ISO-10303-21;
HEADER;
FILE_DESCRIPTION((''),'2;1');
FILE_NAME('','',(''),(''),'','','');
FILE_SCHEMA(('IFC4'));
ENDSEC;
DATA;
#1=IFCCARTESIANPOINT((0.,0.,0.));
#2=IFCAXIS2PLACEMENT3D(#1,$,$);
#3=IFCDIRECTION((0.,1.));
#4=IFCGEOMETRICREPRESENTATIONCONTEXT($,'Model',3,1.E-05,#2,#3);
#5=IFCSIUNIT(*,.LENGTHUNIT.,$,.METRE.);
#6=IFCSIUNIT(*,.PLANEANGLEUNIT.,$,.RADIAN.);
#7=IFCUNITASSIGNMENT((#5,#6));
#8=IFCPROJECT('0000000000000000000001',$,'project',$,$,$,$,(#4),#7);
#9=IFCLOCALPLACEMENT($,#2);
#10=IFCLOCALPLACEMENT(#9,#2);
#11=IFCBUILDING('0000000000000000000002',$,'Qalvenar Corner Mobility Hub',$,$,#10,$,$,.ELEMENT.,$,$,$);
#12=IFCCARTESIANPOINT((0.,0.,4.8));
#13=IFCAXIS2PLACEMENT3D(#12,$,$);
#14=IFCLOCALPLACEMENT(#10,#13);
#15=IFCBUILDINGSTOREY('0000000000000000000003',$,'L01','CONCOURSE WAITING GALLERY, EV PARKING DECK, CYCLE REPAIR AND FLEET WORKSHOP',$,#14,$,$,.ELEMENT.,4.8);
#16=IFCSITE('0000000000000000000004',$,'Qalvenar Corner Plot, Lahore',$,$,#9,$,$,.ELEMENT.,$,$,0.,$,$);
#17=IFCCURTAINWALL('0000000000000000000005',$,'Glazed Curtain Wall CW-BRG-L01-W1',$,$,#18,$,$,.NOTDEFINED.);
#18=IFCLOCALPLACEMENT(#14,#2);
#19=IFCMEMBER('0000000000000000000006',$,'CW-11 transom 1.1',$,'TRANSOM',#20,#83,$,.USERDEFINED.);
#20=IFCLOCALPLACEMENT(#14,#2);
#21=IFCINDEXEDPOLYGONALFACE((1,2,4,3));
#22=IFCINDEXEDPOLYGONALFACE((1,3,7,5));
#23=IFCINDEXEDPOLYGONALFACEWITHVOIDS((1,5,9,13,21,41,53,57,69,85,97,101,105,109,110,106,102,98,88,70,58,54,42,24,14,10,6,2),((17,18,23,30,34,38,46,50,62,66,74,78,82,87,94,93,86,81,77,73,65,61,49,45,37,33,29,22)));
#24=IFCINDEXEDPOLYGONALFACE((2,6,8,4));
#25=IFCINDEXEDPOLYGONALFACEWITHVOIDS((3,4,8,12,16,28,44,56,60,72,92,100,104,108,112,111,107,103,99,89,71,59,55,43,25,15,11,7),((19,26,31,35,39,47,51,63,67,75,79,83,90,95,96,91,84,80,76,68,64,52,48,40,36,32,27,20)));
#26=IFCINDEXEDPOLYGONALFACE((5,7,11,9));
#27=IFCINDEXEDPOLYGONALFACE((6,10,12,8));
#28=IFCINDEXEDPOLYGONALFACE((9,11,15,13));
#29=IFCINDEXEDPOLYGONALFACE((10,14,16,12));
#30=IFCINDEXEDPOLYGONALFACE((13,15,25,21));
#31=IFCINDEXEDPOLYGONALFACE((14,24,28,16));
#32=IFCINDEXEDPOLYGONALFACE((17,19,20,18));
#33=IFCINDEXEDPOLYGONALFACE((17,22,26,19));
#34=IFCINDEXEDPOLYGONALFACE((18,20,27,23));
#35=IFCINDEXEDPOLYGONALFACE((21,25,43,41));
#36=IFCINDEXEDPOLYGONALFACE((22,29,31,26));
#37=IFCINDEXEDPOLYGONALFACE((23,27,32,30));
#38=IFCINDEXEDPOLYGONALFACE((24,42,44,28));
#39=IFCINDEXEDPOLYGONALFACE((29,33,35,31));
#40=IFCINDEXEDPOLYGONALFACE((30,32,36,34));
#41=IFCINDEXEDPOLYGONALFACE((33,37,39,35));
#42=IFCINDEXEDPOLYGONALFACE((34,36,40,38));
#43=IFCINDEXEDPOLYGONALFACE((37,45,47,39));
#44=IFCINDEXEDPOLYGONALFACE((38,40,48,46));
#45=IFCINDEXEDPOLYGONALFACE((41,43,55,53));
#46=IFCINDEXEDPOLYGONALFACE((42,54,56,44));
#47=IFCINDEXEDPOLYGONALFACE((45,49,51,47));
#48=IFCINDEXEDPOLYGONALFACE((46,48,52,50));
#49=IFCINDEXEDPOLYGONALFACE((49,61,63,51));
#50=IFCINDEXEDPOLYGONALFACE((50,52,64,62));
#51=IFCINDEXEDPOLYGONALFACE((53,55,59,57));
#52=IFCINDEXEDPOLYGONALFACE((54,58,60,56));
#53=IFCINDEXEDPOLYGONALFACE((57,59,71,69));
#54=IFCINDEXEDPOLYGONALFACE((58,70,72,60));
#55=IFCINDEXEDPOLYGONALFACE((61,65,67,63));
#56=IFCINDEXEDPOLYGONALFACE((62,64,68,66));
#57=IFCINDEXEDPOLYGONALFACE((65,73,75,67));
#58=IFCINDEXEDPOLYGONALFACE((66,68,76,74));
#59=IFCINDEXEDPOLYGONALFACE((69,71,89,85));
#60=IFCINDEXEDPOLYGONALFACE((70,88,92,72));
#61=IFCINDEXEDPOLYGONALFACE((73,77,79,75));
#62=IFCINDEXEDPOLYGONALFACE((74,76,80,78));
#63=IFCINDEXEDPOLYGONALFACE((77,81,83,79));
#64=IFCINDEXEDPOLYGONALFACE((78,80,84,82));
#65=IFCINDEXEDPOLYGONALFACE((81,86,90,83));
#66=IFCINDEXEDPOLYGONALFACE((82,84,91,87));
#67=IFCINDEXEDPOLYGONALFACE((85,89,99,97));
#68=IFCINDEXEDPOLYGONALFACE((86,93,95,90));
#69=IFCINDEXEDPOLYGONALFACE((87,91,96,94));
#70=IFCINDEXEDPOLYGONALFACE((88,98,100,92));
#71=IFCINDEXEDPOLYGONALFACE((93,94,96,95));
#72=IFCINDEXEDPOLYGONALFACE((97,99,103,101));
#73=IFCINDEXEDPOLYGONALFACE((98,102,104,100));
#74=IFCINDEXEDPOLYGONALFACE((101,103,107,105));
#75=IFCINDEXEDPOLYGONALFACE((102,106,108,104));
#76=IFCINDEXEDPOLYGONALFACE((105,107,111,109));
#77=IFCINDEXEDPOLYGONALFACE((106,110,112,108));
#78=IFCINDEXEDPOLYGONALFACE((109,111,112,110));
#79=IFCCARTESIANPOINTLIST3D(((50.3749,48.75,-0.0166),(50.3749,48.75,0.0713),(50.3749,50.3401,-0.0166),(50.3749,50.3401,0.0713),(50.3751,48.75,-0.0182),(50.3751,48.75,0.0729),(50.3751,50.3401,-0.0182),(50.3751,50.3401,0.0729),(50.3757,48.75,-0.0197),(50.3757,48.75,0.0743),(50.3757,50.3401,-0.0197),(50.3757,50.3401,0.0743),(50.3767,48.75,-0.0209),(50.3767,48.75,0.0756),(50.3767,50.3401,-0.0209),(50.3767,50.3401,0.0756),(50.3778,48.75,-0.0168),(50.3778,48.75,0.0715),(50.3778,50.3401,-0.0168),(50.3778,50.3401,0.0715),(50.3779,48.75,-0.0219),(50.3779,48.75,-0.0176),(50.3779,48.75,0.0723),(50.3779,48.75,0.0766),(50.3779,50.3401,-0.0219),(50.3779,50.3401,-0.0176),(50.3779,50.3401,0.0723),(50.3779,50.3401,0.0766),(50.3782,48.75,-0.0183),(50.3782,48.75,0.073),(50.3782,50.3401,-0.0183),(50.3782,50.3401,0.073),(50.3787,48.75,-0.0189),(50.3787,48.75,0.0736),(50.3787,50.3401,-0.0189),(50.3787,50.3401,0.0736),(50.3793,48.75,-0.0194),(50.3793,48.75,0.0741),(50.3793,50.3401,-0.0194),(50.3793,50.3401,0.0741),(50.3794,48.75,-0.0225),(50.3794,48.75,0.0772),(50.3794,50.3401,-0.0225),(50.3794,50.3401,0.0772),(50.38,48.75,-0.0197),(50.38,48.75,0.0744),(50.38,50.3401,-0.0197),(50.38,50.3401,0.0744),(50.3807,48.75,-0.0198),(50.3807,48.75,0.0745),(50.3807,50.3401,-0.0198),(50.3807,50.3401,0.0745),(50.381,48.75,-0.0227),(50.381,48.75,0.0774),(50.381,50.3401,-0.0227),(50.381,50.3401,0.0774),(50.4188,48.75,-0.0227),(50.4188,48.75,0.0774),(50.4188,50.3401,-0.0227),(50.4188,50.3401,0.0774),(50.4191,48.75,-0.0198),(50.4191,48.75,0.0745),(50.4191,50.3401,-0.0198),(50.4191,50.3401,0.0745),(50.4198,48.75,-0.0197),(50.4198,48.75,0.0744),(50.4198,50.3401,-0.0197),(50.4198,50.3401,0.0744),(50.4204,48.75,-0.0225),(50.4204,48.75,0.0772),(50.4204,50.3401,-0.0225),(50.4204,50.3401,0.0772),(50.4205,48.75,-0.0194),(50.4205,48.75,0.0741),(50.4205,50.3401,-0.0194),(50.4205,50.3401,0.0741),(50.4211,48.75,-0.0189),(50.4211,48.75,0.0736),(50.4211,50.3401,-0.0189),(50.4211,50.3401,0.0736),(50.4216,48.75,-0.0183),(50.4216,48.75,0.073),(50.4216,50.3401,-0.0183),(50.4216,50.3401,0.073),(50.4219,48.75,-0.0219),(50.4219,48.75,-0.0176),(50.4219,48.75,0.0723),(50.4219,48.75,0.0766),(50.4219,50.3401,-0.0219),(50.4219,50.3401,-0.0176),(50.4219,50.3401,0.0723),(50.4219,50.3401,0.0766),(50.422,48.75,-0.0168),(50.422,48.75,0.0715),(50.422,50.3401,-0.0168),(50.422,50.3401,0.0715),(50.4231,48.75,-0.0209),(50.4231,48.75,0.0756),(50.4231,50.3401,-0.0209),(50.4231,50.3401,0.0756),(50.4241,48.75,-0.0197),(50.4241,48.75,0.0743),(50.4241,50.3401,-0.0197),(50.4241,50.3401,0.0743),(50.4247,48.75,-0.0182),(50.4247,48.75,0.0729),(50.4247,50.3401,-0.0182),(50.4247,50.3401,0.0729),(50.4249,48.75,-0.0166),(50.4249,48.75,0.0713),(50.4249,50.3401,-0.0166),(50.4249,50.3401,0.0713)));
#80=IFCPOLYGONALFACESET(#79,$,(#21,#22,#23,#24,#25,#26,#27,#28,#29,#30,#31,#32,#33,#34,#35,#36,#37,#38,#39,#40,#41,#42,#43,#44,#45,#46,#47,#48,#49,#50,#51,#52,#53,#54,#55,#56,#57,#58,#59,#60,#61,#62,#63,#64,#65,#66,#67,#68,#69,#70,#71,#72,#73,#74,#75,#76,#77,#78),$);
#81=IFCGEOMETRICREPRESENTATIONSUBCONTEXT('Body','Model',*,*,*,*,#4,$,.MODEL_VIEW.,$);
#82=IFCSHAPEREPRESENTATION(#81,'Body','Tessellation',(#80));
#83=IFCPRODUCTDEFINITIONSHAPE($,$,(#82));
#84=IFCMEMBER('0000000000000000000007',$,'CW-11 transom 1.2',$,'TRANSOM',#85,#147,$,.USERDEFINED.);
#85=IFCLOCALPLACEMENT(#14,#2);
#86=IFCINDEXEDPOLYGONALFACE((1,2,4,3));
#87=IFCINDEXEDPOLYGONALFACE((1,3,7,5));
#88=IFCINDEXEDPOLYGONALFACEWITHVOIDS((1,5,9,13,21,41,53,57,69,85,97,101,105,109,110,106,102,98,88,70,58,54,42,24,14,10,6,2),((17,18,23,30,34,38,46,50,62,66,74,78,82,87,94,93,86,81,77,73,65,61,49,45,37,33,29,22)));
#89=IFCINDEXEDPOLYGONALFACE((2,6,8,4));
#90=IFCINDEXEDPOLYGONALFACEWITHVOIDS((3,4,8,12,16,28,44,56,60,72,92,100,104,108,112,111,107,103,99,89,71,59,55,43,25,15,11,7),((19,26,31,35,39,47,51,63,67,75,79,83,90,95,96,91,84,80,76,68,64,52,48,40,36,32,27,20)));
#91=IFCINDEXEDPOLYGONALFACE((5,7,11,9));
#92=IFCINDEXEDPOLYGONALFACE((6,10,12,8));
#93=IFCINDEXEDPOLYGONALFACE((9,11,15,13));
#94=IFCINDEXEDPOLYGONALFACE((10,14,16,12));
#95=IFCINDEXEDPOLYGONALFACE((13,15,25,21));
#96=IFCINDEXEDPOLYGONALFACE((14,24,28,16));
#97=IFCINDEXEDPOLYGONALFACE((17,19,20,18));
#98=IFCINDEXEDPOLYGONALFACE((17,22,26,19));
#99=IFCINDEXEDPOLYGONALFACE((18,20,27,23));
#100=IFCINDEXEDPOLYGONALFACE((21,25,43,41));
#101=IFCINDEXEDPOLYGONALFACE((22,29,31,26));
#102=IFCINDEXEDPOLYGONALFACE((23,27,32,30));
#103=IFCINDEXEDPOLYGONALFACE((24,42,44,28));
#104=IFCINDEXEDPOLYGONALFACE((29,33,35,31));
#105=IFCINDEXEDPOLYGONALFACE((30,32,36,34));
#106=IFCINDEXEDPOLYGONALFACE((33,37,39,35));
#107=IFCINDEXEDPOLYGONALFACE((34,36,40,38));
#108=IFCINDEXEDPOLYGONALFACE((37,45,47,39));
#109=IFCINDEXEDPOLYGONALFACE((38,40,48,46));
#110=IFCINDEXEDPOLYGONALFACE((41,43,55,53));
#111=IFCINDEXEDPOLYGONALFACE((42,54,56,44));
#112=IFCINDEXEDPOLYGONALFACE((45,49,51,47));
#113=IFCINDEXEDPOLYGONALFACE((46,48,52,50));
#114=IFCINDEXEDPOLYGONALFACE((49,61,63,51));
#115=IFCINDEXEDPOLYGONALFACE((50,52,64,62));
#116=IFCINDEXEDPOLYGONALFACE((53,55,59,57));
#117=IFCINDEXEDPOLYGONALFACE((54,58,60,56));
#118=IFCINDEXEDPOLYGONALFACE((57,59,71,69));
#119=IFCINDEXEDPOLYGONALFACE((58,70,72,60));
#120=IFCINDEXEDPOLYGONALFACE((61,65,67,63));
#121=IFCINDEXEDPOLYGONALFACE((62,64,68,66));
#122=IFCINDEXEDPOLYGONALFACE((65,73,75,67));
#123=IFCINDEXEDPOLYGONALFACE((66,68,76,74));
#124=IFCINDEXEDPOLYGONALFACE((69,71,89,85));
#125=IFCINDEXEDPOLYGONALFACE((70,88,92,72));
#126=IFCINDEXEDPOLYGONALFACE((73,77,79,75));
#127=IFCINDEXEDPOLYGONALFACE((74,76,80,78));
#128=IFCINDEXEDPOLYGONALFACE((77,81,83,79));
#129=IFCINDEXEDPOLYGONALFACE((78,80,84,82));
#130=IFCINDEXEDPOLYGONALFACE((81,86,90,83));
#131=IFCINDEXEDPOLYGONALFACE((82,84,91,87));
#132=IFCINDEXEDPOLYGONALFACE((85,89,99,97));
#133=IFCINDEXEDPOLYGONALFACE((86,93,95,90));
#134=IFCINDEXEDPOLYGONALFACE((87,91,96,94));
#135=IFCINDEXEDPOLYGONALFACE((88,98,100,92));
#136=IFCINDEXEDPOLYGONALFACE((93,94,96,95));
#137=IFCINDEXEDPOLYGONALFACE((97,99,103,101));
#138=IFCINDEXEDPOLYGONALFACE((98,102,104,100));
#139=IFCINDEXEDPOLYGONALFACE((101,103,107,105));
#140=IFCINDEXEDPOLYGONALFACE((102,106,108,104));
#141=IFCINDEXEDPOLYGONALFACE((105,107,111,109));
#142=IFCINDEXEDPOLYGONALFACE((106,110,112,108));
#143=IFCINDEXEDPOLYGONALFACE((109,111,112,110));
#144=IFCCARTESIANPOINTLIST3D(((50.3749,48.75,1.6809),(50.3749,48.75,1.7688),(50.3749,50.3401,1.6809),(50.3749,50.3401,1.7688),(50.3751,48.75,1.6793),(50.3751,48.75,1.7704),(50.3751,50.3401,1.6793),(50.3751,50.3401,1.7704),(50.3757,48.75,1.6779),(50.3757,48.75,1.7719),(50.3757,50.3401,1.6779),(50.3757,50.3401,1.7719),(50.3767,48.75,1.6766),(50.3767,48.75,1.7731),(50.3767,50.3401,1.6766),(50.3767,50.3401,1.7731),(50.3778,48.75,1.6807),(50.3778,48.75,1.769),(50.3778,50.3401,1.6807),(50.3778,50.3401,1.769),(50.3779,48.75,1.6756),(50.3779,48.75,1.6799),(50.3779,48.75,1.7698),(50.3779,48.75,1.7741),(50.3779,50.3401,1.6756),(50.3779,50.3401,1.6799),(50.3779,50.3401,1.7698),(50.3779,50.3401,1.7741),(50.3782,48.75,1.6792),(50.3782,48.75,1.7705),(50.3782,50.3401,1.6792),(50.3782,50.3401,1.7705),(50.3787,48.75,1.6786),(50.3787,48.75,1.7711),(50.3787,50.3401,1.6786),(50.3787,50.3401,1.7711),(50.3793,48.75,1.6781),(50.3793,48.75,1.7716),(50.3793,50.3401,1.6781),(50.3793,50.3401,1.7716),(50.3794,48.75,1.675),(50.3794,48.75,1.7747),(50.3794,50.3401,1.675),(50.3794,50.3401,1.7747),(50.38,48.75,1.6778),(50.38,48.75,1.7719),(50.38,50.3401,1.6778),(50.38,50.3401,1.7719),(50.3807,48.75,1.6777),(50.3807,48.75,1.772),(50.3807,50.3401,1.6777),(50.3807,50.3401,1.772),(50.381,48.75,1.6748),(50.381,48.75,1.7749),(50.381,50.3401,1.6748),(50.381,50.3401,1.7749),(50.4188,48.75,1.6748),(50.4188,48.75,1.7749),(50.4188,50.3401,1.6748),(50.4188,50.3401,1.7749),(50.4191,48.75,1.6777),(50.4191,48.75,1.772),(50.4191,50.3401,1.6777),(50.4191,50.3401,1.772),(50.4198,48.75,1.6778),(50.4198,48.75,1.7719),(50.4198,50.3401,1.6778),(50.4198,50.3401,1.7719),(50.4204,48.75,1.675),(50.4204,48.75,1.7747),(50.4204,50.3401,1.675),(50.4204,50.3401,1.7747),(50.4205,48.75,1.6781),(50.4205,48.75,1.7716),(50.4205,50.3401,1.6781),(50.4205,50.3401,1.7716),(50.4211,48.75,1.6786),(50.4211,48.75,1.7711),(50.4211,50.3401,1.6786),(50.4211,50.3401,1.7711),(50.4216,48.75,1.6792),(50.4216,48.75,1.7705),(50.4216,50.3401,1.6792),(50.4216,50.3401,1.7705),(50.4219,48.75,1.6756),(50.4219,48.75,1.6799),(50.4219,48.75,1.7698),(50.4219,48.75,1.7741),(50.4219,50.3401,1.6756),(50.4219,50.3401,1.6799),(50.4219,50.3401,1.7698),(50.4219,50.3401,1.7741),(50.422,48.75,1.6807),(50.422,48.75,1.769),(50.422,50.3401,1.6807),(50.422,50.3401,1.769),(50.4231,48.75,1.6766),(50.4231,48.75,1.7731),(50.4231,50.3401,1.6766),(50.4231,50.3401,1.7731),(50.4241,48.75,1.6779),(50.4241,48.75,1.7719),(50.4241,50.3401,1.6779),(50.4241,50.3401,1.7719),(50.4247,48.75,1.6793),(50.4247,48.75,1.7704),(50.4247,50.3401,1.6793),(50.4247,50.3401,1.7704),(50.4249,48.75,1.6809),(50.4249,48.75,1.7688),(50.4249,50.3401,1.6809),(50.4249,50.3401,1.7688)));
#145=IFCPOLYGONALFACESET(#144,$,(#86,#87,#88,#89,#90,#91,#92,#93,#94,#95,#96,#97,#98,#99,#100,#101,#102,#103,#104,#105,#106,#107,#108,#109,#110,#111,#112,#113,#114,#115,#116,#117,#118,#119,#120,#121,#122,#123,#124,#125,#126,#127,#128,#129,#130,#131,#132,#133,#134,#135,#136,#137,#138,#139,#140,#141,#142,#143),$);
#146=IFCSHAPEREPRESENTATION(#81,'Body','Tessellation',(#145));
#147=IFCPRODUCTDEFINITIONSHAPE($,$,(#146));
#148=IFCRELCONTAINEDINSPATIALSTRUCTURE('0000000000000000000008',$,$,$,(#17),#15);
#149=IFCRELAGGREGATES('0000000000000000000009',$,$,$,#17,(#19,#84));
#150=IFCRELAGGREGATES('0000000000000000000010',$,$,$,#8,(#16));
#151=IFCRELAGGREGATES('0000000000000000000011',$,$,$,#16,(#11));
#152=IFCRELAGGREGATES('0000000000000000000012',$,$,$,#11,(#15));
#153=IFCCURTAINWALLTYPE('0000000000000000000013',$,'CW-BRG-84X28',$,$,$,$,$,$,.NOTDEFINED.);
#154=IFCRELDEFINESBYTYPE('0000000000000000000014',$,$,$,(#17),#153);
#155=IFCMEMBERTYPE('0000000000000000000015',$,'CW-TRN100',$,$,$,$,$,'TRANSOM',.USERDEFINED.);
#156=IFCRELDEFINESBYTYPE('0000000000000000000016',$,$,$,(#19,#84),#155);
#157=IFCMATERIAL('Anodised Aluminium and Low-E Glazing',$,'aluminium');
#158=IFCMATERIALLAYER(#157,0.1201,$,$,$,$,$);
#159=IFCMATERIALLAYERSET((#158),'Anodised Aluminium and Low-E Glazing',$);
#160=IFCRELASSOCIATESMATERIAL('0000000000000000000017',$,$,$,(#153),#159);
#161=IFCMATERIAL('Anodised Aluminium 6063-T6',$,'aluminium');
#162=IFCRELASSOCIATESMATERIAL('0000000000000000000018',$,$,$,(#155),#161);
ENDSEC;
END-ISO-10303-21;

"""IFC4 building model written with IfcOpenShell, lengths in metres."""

from ifc_helpers import new_model, si_unit, direction, frame, origin, origin_2d, place, context, subcontext, project, spatial, hollow_rectangle, extrude, material, layer, layer_set, material_profile, profile_set, type_object, element, aggregate, save


model = new_model("IFC4")

# Units and contexts
model_context = context("Model", 3, precision=1e-05, world=origin(), true_north=direction((0.0, 1.0)))
body_context = subcontext(model_context, "Body", "Model", "MODEL_VIEW")
ifc_project = project(units=[si_unit("LENGTHUNIT", "METRE"), si_unit("PLANEANGLEUNIT", "RADIAN")], contexts=[model_context])

# Site, building, storey
site_placement = place(None, origin())
site = spatial("IfcSite", under=ifc_project, at=site_placement, Name="Qalvenar Corner Plot, Lahore", CompositionType="ELEMENT", RefElevation=0.0)
building_placement = place(site_placement, origin())
building = spatial("IfcBuilding", under=site, at=building_placement, Name="Qalvenar Corner Mobility Hub", CompositionType="ELEMENT")
storey_placement = place(building_placement, frame((0.0, 0.0, 4.8)))
storey = spatial("IfcBuildingStorey", under=building, at=storey_placement, Name="L01", Description="CONCOURSE WAITING GALLERY, EV PARKING DECK, CYCLE REPAIR AND FLEET WORKSHOP", CompositionType="ELEMENT", Elevation=4.8)

# Curtain wall, members
ifc_material_1 = material(Name="Anodised Aluminium and Low-E Glazing", Category="aluminium")
ifc_layer_1 = layer(ifc_material_1, 0.1201)
ifc_layer_set_1 = layer_set([ifc_layer_1], Name="Anodised Aluminium and Low-E Glazing")
curtain_wall_type = type_object("IfcCurtainWallType", Name="CW-BRG-84X28", PredefinedType="NOTDEFINED", material=ifc_layer_set_1)
curtain_wall_placement = place(storey_placement, origin())
curtain_wall = element("IfcCurtainWall", 1, at=curtain_wall_placement, inside=storey, type_object=curtain_wall_type, Name="Glazed Curtain Wall CW-BRG-L01-W1", PredefinedType="NOTDEFINED")
ifc_material_2 = material(Name="Anodised Aluminium 6063-T6", Category="aluminium")
ifc_material_profile_1 = material_profile(ifc_material_2, hollow_rectangle(XDim=0.05, YDim=0.1001, WallThickness=0.0029, InnerFilletRadius=0.0029, OuterFilletRadius=0.0061, at=origin_2d()), Name="RHS100x50x3")
ifc_profile_set_1 = profile_set([ifc_material_profile_1], Name="Anodised Aluminium 6063-T6")
member_type_1 = type_object("IfcMemberType", Name="CW-TRN100", ElementType="TRANSOM", PredefinedType="USERDEFINED", material=ifc_profile_set_1)
member_1_placement = place(storey_placement, frame((50.3999, 50.3401, 0.0273), z_axis=(0.0, -1.0, 0.0), x_axis=(1.0, 0.0, 0.0)))
member_1 = element("IfcMember", 2, at=member_1_placement, type_object=member_type_1, Name="CW-11 transom 1.1", ObjectType="TRANSOM", PredefinedType="USERDEFINED", context=body_context, shape_type="SweptSolid", body=[
    extrude(hollow_rectangle(XDim=0.05, YDim=0.1001, WallThickness=0.0029, InnerFilletRadius=0.0029, OuterFilletRadius=0.0061, at=origin_2d()), origin(), (0.0, 0.0, 1.0), 1.5901),
])
member_2_placement = place(storey_placement, frame((50.3999, 50.3401, 1.7249), z_axis=(0.0, -1.0, 0.0), x_axis=(1.0, 0.0, 0.0)))
member_2 = element("IfcMember", 3, at=member_2_placement, type_object=member_type_1, Name="CW-11 transom 1.2", ObjectType="TRANSOM", PredefinedType="USERDEFINED", context=body_context, shape_type="SweptSolid", body=[
    extrude(hollow_rectangle(XDim=0.05, YDim=0.1001, WallThickness=0.0029, InnerFilletRadius=0.0029, OuterFilletRadius=0.0061, at=origin_2d()), origin(), (0.0, 0.0, 1.0), 1.5901),
])
aggregate(curtain_wall, [member_1, member_2])

save(model, "model.ifc")
